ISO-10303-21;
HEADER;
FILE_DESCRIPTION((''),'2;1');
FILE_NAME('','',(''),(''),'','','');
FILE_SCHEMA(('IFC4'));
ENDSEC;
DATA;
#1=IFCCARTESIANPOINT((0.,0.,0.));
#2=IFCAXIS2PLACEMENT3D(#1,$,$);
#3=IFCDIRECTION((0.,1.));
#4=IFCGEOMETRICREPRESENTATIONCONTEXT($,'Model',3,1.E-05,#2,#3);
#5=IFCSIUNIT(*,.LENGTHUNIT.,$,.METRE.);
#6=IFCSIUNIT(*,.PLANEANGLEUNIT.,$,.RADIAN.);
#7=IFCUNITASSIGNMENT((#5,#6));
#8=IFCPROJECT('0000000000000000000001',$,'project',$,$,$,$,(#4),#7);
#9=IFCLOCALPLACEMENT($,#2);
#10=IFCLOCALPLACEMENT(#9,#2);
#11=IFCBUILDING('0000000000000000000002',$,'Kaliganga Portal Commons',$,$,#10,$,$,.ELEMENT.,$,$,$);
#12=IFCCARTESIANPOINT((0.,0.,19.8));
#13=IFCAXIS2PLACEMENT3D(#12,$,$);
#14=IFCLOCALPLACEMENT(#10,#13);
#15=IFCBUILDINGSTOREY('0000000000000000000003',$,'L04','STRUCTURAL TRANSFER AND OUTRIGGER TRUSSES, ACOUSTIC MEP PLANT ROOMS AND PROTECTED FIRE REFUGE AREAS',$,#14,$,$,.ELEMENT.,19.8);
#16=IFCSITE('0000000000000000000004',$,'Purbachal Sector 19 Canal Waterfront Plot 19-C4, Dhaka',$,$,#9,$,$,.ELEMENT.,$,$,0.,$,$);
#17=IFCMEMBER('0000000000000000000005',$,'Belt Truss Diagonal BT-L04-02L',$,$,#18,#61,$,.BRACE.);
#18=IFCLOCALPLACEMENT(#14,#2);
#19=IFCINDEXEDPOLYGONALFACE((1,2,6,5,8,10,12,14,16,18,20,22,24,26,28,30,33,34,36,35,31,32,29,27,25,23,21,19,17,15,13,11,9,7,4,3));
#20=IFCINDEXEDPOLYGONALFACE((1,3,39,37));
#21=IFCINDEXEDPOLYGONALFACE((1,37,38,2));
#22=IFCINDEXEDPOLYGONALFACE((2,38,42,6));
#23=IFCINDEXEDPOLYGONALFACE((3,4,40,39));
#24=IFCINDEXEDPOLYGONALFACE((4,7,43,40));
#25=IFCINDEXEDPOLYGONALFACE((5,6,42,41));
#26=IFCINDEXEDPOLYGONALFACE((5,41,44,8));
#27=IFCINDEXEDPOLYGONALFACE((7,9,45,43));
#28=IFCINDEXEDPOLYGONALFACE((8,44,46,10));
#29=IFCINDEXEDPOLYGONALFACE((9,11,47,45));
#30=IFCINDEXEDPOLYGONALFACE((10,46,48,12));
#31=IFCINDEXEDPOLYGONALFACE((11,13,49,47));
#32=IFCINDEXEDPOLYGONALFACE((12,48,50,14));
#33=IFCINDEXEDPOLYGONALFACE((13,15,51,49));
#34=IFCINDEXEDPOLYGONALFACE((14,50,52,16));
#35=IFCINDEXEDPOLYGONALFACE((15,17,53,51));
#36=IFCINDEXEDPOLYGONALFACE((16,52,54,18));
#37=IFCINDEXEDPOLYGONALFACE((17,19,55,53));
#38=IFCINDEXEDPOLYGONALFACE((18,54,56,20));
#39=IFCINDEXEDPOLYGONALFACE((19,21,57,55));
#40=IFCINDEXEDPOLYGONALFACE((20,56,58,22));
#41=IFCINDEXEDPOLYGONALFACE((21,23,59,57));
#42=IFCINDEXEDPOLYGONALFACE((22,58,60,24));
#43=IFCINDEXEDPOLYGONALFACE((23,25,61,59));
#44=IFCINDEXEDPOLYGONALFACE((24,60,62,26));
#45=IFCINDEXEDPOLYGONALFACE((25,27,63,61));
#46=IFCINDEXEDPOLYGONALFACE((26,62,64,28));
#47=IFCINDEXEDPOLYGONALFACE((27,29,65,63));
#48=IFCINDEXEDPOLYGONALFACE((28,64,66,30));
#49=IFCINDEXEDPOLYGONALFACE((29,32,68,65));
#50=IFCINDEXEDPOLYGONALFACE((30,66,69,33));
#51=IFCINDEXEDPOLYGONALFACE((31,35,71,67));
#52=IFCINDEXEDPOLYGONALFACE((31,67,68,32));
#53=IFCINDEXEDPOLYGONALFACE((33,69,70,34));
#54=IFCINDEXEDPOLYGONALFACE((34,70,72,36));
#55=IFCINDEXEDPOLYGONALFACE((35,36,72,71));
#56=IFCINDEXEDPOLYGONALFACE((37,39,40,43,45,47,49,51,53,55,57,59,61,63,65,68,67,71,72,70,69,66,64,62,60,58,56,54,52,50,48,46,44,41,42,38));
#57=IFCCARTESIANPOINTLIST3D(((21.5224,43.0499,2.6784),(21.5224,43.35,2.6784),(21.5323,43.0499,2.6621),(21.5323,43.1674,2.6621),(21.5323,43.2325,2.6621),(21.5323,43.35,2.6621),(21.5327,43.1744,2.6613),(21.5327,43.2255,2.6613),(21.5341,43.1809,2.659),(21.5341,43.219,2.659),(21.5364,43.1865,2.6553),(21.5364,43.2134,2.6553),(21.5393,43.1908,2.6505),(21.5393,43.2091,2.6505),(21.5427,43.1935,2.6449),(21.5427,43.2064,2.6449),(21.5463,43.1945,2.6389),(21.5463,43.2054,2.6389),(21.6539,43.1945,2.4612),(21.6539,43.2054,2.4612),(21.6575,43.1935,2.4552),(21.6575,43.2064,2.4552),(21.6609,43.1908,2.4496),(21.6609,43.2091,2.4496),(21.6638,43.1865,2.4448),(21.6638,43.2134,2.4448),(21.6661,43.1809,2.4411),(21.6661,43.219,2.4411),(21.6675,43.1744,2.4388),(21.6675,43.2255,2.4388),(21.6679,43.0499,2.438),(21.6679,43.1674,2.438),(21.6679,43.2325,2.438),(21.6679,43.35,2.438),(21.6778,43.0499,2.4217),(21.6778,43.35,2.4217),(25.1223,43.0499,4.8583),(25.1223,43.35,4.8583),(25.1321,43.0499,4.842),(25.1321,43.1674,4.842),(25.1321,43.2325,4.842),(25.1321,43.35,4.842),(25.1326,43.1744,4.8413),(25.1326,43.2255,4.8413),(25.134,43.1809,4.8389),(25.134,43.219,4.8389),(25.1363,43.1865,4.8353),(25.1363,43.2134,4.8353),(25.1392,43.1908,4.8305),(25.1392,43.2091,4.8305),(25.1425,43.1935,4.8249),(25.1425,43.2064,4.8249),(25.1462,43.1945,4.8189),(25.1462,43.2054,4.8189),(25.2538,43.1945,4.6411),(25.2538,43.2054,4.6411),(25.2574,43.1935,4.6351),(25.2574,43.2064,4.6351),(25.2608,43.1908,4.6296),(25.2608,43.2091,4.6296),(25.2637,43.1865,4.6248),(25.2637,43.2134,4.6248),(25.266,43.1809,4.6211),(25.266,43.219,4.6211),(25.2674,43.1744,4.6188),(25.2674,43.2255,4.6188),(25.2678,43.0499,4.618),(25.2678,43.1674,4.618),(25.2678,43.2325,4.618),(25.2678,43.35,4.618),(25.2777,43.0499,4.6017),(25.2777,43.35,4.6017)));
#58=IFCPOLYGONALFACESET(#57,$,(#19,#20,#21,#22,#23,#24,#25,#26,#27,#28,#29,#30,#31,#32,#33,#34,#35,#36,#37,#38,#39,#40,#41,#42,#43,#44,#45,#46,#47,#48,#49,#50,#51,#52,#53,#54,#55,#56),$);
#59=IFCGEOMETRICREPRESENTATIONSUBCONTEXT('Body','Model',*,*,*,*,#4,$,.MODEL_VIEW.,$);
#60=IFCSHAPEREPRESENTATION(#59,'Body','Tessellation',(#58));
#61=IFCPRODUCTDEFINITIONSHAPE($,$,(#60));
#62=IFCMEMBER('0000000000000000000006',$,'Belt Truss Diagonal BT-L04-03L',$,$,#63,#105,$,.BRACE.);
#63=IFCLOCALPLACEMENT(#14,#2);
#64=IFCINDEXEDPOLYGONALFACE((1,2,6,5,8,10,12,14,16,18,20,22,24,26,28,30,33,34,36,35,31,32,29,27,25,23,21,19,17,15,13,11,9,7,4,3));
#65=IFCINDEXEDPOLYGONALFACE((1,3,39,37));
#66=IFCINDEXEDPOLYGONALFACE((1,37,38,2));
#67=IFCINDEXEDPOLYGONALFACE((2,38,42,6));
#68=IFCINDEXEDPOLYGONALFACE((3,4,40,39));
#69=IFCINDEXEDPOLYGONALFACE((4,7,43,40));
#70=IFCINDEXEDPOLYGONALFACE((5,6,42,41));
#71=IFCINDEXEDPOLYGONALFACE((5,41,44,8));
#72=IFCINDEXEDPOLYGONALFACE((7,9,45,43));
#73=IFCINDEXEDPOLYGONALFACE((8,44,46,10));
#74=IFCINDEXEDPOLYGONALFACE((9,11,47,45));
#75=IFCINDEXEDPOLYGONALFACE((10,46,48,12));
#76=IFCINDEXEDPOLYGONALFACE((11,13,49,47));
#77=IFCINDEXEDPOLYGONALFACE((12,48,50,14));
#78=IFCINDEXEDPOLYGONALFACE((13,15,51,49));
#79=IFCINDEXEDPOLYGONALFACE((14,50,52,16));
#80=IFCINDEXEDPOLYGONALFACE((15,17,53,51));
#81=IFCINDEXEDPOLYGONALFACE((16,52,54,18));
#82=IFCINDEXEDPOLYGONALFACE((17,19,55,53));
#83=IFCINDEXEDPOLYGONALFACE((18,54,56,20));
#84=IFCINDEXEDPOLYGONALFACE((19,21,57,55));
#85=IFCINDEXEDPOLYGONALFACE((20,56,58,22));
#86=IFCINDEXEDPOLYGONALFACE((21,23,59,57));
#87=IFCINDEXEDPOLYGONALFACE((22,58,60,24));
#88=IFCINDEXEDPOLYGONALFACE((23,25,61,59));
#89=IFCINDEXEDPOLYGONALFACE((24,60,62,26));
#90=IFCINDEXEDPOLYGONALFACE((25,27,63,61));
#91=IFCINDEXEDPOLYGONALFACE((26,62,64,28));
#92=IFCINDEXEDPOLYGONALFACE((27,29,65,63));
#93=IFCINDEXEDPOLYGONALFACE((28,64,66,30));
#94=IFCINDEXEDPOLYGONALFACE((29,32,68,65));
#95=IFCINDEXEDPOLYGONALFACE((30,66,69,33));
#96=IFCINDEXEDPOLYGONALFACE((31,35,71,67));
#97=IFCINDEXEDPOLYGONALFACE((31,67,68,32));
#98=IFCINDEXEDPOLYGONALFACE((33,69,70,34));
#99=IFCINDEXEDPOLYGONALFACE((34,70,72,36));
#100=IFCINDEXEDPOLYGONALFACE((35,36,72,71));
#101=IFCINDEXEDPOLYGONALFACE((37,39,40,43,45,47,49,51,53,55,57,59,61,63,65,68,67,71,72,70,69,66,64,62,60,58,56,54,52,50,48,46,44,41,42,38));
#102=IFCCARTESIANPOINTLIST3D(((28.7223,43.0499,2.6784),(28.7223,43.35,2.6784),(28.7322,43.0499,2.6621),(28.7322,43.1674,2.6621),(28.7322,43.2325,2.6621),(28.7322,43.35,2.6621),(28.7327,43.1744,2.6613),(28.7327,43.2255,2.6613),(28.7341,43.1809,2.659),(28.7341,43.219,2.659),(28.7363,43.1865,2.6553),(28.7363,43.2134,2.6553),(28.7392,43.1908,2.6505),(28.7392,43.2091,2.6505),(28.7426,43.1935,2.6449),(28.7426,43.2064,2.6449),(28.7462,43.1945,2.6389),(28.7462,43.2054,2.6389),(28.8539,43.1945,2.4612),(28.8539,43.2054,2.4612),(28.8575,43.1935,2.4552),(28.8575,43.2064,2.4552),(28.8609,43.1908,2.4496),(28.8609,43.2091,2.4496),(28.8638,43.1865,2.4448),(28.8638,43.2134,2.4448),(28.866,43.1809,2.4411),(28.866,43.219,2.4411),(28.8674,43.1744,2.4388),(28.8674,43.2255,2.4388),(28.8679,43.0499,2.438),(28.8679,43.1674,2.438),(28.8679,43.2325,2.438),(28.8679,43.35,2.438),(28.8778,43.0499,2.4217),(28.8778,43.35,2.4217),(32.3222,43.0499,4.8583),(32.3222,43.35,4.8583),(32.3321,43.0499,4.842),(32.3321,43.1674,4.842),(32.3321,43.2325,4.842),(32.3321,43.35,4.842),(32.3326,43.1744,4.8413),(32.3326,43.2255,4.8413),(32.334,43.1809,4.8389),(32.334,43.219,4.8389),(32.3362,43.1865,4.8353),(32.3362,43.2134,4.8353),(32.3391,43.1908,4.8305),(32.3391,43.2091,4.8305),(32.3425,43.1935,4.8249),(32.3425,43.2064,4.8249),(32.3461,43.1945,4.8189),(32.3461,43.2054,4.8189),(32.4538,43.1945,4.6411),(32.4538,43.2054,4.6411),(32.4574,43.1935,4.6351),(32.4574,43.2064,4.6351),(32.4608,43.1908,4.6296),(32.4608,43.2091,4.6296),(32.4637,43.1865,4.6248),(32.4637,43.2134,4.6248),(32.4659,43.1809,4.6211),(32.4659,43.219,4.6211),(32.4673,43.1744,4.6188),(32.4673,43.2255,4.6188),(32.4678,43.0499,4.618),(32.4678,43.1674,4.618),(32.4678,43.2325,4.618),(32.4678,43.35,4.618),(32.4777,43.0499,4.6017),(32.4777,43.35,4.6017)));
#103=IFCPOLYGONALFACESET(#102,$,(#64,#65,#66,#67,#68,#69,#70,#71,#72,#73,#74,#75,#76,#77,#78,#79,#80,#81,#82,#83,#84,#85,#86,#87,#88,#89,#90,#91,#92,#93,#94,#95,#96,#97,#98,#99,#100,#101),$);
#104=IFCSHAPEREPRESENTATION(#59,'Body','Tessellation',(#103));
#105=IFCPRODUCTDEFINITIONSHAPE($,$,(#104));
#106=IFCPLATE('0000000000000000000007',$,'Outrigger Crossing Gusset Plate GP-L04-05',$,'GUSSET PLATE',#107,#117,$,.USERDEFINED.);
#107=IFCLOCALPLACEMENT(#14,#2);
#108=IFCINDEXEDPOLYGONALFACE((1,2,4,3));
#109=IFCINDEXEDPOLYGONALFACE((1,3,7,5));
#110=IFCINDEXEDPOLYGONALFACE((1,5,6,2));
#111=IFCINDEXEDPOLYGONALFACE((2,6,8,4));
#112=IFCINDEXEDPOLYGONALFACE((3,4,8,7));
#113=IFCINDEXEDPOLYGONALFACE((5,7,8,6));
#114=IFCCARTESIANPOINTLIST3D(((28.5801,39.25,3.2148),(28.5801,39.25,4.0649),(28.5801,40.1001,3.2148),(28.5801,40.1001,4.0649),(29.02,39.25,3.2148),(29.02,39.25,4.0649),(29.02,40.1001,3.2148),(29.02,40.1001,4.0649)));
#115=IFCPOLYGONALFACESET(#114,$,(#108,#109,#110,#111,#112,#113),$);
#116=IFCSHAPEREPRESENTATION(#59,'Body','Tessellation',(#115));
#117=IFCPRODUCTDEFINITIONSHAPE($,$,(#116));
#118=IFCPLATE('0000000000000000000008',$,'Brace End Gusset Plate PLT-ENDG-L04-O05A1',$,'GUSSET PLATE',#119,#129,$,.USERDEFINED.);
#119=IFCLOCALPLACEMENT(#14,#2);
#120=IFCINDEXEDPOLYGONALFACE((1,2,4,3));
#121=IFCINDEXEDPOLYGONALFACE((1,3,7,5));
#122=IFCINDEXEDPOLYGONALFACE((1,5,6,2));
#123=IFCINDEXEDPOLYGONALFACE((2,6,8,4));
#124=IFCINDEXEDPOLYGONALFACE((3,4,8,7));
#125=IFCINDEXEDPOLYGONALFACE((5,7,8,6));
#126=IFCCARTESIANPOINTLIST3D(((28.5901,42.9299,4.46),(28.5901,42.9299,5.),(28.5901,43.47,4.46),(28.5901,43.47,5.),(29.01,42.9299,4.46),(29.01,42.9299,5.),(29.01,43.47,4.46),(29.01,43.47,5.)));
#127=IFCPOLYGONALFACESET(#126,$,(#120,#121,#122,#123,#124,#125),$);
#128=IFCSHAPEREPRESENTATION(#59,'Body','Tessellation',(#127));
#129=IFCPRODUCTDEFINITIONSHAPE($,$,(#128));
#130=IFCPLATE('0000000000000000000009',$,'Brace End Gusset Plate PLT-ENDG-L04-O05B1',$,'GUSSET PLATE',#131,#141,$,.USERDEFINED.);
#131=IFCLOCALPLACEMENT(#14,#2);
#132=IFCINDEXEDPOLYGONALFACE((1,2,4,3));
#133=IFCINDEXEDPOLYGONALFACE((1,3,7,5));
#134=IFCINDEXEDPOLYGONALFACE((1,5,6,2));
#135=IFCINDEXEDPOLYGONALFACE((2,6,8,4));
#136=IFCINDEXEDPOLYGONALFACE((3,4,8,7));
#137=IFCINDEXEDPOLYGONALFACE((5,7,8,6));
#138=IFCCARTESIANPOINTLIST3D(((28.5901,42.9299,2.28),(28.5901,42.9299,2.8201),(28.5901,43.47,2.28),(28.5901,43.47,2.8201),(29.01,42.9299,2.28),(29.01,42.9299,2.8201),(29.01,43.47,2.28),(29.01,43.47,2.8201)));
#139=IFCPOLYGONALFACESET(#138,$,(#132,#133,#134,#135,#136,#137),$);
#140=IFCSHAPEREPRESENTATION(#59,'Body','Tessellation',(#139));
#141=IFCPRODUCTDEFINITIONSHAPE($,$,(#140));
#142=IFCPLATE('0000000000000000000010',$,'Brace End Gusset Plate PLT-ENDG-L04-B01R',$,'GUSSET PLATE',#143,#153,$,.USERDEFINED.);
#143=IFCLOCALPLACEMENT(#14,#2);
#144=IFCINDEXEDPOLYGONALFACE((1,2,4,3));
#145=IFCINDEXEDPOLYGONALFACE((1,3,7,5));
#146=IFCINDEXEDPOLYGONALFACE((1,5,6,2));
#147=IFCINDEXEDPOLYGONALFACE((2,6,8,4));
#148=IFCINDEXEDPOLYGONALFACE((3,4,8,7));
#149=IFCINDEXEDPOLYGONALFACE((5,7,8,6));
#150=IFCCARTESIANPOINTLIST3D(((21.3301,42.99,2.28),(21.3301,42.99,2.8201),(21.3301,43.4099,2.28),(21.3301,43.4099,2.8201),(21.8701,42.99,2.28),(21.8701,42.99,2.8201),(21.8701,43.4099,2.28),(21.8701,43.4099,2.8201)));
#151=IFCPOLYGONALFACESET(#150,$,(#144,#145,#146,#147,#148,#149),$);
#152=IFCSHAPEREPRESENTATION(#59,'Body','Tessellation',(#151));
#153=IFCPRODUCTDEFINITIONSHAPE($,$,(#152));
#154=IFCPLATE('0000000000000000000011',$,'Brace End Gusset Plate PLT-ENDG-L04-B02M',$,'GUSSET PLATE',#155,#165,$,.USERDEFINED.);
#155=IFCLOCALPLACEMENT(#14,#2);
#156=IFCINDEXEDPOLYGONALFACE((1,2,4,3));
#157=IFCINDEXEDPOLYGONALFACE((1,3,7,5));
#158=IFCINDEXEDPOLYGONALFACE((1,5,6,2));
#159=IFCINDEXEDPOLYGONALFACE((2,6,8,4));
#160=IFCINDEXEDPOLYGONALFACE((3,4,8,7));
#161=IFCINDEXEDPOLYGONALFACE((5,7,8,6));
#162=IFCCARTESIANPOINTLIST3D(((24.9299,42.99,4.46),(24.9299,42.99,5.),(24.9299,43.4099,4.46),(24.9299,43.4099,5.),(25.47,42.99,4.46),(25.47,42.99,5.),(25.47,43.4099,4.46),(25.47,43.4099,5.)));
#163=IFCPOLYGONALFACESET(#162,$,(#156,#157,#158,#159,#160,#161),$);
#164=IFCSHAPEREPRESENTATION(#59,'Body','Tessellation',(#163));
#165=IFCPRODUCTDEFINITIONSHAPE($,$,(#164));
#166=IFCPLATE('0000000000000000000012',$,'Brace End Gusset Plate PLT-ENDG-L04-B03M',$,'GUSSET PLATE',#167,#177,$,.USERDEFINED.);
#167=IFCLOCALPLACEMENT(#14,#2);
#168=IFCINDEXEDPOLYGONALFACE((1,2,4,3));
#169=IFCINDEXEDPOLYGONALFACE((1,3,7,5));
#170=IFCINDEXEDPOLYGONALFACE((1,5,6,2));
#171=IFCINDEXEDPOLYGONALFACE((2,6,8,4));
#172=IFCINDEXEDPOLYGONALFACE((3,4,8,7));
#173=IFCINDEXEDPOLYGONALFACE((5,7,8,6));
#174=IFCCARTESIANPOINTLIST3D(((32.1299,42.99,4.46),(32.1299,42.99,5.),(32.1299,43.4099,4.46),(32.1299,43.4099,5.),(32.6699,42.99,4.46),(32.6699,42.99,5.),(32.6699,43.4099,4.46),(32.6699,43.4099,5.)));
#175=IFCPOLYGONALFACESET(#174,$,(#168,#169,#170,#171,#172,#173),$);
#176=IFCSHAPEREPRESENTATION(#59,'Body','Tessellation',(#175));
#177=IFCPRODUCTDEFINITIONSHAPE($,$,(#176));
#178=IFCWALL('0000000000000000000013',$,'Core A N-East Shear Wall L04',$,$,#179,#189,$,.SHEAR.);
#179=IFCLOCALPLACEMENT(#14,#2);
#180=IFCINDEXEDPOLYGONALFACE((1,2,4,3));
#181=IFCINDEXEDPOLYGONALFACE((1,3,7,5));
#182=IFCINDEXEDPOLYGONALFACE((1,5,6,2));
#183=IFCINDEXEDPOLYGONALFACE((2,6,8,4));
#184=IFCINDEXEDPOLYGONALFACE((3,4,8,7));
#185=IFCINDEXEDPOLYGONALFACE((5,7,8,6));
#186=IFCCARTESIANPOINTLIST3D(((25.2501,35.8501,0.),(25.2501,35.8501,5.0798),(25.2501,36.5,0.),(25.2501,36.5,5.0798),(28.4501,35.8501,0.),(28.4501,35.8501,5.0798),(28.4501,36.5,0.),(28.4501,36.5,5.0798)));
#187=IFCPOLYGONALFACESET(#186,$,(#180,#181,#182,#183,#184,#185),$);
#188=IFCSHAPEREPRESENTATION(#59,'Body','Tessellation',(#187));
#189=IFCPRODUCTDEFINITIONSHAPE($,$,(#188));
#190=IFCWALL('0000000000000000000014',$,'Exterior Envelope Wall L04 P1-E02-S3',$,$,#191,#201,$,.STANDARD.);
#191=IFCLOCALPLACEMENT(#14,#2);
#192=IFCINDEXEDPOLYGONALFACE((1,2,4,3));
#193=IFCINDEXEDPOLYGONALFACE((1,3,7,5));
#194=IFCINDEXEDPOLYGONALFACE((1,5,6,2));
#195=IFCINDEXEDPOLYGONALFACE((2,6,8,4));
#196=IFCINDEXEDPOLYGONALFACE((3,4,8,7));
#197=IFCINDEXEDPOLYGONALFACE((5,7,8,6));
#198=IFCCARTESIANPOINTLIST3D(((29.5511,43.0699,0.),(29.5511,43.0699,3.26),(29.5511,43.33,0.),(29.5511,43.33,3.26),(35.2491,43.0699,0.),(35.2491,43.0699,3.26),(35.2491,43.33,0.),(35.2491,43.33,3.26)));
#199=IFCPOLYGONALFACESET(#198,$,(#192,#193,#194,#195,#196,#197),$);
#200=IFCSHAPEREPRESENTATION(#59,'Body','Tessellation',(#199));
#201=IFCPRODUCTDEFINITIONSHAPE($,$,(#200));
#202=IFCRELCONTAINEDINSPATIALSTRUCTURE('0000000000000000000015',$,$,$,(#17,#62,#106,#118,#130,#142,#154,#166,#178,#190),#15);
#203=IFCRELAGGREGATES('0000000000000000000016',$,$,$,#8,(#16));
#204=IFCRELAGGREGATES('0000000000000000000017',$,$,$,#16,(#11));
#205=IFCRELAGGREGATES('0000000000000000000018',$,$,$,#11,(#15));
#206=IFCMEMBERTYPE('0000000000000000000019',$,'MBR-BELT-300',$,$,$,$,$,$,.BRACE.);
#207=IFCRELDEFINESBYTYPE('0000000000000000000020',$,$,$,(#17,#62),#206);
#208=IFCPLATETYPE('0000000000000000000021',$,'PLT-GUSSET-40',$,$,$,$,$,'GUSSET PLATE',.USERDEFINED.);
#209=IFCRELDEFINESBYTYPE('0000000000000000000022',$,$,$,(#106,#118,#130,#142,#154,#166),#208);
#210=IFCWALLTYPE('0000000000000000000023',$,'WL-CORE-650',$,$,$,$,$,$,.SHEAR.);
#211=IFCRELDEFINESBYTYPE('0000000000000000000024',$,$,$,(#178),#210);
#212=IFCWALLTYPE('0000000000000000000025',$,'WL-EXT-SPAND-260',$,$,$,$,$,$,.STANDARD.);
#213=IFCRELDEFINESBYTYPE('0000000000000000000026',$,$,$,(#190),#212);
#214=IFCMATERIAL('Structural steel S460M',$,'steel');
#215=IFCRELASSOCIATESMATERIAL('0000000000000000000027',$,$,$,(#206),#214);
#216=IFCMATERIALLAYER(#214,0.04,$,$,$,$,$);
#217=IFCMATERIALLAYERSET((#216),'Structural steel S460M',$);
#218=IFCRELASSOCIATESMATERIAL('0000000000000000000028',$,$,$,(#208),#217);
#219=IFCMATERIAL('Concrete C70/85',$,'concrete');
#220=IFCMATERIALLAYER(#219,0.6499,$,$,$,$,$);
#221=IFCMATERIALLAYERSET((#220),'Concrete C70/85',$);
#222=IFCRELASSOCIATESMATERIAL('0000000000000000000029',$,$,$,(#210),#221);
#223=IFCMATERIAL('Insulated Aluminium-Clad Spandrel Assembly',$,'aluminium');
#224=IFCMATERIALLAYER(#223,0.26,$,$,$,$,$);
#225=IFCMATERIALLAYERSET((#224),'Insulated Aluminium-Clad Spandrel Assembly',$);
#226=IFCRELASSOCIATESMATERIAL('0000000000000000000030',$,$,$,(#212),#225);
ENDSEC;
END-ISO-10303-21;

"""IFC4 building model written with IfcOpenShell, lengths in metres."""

from ifc_helpers import new_model, si_unit, direction, frame, frame_2d, origin, origin_2d, place, context, subcontext, project, spatial, rectangle, i_section, extrude, source, transform, mapped, material, layer, layer_set, material_profile, profile_set, type_object, element, save


model = new_model("IFC4")

# Units and contexts
model_context = context("Model", 3, precision=1e-05, world=origin(), true_north=direction((0.0, 1.0)))
body_context = subcontext(model_context, "Body", "Model", "MODEL_VIEW")
ifc_project = project(units=[si_unit("LENGTHUNIT", "METRE"), si_unit("PLANEANGLEUNIT", "RADIAN")], contexts=[model_context])

# Site, building, storey
site_placement = place(None, origin())
site = spatial("IfcSite", under=ifc_project, at=site_placement, Name="Purbachal Sector 19 Canal Waterfront Plot 19-C4, Dhaka", CompositionType="ELEMENT", RefElevation=0.0)
building_placement = place(site_placement, origin())
building = spatial("IfcBuilding", under=site, at=building_placement, Name="Kaliganga Portal Commons", CompositionType="ELEMENT")
storey_placement = place(building_placement, frame((0.0, 0.0, 19.8)))
storey = spatial("IfcBuildingStorey", under=building, at=storey_placement, Name="L04", Description="STRUCTURAL TRANSFER AND OUTRIGGER TRUSSES, ACOUSTIC MEP PLANT ROOMS AND PROTECTED FIRE REFUGE AREAS", CompositionType="ELEMENT", Elevation=19.8)

# Shared definitions
ifc_material_1 = material(Name="Concrete C70/85", Category="concrete")

# Members
ifc_material_2 = material(Name="Structural steel S460M", Category="steel")
ifc_material_profile_1 = material_profile(ifc_material_2, i_section(OverallWidth=0.3, OverallDepth=0.3, WebThickness=0.011, FlangeThickness=0.019, FilletRadius=0.0271, at=origin_2d()), Name="HE 300 B")
ifc_profile_set_1 = profile_set([ifc_material_profile_1], Name="Structural steel S460M wide-flange")
member_type_1 = type_object("IfcMemberType", Name="MBR-BELT-300", PredefinedType="BRACE", material=ifc_profile_set_1)
shared_shape_1 = source(origin(), body_context, "Body", "SweptSolid", [
    extrude(i_section(OverallWidth=0.3, OverallDepth=0.3, WebThickness=0.011, FlangeThickness=0.019, FilletRadius=0.0271, at=origin_2d()), origin(), (0.0, 0.0, 1.0), 4.2085),
])
for number, where, z_axis, x_axis, name in (
    (1, (21.6001, 43.2, 2.55), (0.855387, 0.0, 0.517989), (0.0, 1.0, 0.0), "Belt Truss Diagonal BT-L04-02L"),
    (2, (28.8, 43.2, 2.55), (0.855387, 0.0, 0.517989), (0.0, 1.0, 0.0), "Belt Truss Diagonal BT-L04-03L"),
):
    element("IfcMember", number, at=place(storey_placement, frame(where, z_axis=z_axis, x_axis=x_axis)), inside=storey, type_object=member_type_1, Name=name, PredefinedType="BRACE", context=body_context, shape_type="MappedRepresentation", body=[
        mapped(shared_shape_1, transform((0.0, 0.0, 0.0), x_axis=(1.0, 0.0, 0.0), y_axis=(0.0, 1.0, 0.0), z_axis=(0.0, 0.0, 1.0), scale=1.0)),
    ])

# Plates
ifc_layer_1 = layer(ifc_material_2, 0.04)
ifc_layer_set_1 = layer_set([ifc_layer_1], Name="Structural steel S460M")
plate_type = type_object("IfcPlateType", Name="PLT-GUSSET-40", ElementType="GUSSET PLATE", PredefinedType="USERDEFINED", material=ifc_layer_set_1)
shared_shape_2 = source(origin(), body_context, "Body", "SweptSolid", [
    extrude(rectangle(XDim=0.8501, YDim=0.4399, at=origin_2d()), origin(), (0.0, 0.0, 1.0), 0.8501),
])
plate_placement = place(storey_placement, frame((28.8, 39.675, 3.2148), z_axis=(0.0, 0.0, 1.0), x_axis=(0.0, 1.0, 0.0)))
element("IfcPlate", 3, at=plate_placement, inside=storey, type_object=plate_type, Name="Outrigger Crossing Gusset Plate GP-L04-05", ObjectType="GUSSET PLATE", PredefinedType="USERDEFINED", context=body_context, shape_type="MappedRepresentation", body=[
    mapped(shared_shape_2, transform((0.0, 0.0, 0.0), x_axis=(1.0, 0.0, 0.0), y_axis=(0.0, 1.0, 0.0), z_axis=(0.0, 0.0, 1.0), scale=1.0)),
])
shared_shape_3 = source(origin(), body_context, "Body", "SweptSolid", [
    extrude(rectangle(XDim=0.54, YDim=0.4199, at=origin_2d()), origin(), (0.0, 0.0, 1.0), 0.54),
])
for number, where, z_axis, x_axis, name in (
    (4, (28.8, 43.2, 4.46), (0.0, 0.0, 1.0), (0.0, 1.0, 0.0), "Brace End Gusset Plate PLT-ENDG-L04-O05A1"),
    (5, (28.8, 43.2, 2.28), (0.0, 0.0, 1.0), (0.0, 1.0, 0.0), "Brace End Gusset Plate PLT-ENDG-L04-O05B1"),
    (6, (21.6001, 43.2, 2.28), (0.0, 0.0, 1.0), (1.0, 0.0, 0.0), "Brace End Gusset Plate PLT-ENDG-L04-B01R"),
    (7, (25.2, 43.2, 4.46), (0.0, 0.0, 1.0), (1.0, 0.0, 0.0), "Brace End Gusset Plate PLT-ENDG-L04-B02M"),
    (8, (32.3999, 43.2, 4.46), (0.0, 0.0, 1.0), (1.0, 0.0, 0.0), "Brace End Gusset Plate PLT-ENDG-L04-B03M"),
):
    element("IfcPlate", number, at=place(storey_placement, frame(where, z_axis=z_axis, x_axis=x_axis)), inside=storey, type_object=plate_type, Name=name, ObjectType="GUSSET PLATE", PredefinedType="USERDEFINED", context=body_context, shape_type="MappedRepresentation", body=[
        mapped(shared_shape_3, transform((0.0, 0.0, 0.0), x_axis=(1.0, 0.0, 0.0), y_axis=(0.0, 1.0, 0.0), z_axis=(0.0, 0.0, 1.0), scale=1.0)),
    ])

# Walls
ifc_layer_2 = layer(ifc_material_1, 0.6499)
ifc_layer_set_2 = layer_set([ifc_layer_2], Name="Concrete C70/85")
wall_type_1 = type_object("IfcWallType", Name="WL-CORE-650", PredefinedType="SHEAR", material=ifc_layer_set_2)
wall_placement = place(storey_placement, frame((25.25, 36.175, 0.0), z_axis=(0.0, 0.0, 1.0), x_axis=(1.0, 0.0, 0.0)))
element("IfcWall", 9, at=wall_placement, inside=storey, type_object=wall_type_1, Name="Core A N-East Shear Wall L04", PredefinedType="SHEAR", context=body_context, shape_type="SweptSolid", body=[
    extrude(rectangle(XDim=3.2, YDim=0.6499, at=frame_2d((1.6001, 0.0))), origin(), (0.0, 0.0, 1.0), 5.0798),
])
ifc_material_3 = material(Name="Insulated Aluminium-Clad Spandrel Assembly", Category="aluminium")
ifc_layer_3 = layer(ifc_material_3, 0.26)
ifc_layer_set_3 = layer_set([ifc_layer_3], Name="Insulated Aluminium-Clad Spandrel Assembly")
wall_type_2 = type_object("IfcWallType", Name="WL-EXT-SPAND-260", PredefinedType="STANDARD", material=ifc_layer_set_3)
for number, where, z_axis, x_axis, name in (
    (10, (29.551, 43.2, 0.0), (0.0, 0.0, 1.0), (1.0, 0.0, 0.0), "Exterior Envelope Wall L04 P1-E02-S3"),
):
    element("IfcWall", number, at=place(storey_placement, frame(where, z_axis=z_axis, x_axis=x_axis)), inside=storey, type_object=wall_type_2, Name=name, PredefinedType="STANDARD", context=body_context, shape_type="SweptSolid", body=[
        extrude(rectangle(XDim=5.698, YDim=0.26, at=frame_2d((2.8491, 0.0))), origin(), (0.0, 0.0, 1.0), 3.26),
    ])

save(model, "model.ifc")
